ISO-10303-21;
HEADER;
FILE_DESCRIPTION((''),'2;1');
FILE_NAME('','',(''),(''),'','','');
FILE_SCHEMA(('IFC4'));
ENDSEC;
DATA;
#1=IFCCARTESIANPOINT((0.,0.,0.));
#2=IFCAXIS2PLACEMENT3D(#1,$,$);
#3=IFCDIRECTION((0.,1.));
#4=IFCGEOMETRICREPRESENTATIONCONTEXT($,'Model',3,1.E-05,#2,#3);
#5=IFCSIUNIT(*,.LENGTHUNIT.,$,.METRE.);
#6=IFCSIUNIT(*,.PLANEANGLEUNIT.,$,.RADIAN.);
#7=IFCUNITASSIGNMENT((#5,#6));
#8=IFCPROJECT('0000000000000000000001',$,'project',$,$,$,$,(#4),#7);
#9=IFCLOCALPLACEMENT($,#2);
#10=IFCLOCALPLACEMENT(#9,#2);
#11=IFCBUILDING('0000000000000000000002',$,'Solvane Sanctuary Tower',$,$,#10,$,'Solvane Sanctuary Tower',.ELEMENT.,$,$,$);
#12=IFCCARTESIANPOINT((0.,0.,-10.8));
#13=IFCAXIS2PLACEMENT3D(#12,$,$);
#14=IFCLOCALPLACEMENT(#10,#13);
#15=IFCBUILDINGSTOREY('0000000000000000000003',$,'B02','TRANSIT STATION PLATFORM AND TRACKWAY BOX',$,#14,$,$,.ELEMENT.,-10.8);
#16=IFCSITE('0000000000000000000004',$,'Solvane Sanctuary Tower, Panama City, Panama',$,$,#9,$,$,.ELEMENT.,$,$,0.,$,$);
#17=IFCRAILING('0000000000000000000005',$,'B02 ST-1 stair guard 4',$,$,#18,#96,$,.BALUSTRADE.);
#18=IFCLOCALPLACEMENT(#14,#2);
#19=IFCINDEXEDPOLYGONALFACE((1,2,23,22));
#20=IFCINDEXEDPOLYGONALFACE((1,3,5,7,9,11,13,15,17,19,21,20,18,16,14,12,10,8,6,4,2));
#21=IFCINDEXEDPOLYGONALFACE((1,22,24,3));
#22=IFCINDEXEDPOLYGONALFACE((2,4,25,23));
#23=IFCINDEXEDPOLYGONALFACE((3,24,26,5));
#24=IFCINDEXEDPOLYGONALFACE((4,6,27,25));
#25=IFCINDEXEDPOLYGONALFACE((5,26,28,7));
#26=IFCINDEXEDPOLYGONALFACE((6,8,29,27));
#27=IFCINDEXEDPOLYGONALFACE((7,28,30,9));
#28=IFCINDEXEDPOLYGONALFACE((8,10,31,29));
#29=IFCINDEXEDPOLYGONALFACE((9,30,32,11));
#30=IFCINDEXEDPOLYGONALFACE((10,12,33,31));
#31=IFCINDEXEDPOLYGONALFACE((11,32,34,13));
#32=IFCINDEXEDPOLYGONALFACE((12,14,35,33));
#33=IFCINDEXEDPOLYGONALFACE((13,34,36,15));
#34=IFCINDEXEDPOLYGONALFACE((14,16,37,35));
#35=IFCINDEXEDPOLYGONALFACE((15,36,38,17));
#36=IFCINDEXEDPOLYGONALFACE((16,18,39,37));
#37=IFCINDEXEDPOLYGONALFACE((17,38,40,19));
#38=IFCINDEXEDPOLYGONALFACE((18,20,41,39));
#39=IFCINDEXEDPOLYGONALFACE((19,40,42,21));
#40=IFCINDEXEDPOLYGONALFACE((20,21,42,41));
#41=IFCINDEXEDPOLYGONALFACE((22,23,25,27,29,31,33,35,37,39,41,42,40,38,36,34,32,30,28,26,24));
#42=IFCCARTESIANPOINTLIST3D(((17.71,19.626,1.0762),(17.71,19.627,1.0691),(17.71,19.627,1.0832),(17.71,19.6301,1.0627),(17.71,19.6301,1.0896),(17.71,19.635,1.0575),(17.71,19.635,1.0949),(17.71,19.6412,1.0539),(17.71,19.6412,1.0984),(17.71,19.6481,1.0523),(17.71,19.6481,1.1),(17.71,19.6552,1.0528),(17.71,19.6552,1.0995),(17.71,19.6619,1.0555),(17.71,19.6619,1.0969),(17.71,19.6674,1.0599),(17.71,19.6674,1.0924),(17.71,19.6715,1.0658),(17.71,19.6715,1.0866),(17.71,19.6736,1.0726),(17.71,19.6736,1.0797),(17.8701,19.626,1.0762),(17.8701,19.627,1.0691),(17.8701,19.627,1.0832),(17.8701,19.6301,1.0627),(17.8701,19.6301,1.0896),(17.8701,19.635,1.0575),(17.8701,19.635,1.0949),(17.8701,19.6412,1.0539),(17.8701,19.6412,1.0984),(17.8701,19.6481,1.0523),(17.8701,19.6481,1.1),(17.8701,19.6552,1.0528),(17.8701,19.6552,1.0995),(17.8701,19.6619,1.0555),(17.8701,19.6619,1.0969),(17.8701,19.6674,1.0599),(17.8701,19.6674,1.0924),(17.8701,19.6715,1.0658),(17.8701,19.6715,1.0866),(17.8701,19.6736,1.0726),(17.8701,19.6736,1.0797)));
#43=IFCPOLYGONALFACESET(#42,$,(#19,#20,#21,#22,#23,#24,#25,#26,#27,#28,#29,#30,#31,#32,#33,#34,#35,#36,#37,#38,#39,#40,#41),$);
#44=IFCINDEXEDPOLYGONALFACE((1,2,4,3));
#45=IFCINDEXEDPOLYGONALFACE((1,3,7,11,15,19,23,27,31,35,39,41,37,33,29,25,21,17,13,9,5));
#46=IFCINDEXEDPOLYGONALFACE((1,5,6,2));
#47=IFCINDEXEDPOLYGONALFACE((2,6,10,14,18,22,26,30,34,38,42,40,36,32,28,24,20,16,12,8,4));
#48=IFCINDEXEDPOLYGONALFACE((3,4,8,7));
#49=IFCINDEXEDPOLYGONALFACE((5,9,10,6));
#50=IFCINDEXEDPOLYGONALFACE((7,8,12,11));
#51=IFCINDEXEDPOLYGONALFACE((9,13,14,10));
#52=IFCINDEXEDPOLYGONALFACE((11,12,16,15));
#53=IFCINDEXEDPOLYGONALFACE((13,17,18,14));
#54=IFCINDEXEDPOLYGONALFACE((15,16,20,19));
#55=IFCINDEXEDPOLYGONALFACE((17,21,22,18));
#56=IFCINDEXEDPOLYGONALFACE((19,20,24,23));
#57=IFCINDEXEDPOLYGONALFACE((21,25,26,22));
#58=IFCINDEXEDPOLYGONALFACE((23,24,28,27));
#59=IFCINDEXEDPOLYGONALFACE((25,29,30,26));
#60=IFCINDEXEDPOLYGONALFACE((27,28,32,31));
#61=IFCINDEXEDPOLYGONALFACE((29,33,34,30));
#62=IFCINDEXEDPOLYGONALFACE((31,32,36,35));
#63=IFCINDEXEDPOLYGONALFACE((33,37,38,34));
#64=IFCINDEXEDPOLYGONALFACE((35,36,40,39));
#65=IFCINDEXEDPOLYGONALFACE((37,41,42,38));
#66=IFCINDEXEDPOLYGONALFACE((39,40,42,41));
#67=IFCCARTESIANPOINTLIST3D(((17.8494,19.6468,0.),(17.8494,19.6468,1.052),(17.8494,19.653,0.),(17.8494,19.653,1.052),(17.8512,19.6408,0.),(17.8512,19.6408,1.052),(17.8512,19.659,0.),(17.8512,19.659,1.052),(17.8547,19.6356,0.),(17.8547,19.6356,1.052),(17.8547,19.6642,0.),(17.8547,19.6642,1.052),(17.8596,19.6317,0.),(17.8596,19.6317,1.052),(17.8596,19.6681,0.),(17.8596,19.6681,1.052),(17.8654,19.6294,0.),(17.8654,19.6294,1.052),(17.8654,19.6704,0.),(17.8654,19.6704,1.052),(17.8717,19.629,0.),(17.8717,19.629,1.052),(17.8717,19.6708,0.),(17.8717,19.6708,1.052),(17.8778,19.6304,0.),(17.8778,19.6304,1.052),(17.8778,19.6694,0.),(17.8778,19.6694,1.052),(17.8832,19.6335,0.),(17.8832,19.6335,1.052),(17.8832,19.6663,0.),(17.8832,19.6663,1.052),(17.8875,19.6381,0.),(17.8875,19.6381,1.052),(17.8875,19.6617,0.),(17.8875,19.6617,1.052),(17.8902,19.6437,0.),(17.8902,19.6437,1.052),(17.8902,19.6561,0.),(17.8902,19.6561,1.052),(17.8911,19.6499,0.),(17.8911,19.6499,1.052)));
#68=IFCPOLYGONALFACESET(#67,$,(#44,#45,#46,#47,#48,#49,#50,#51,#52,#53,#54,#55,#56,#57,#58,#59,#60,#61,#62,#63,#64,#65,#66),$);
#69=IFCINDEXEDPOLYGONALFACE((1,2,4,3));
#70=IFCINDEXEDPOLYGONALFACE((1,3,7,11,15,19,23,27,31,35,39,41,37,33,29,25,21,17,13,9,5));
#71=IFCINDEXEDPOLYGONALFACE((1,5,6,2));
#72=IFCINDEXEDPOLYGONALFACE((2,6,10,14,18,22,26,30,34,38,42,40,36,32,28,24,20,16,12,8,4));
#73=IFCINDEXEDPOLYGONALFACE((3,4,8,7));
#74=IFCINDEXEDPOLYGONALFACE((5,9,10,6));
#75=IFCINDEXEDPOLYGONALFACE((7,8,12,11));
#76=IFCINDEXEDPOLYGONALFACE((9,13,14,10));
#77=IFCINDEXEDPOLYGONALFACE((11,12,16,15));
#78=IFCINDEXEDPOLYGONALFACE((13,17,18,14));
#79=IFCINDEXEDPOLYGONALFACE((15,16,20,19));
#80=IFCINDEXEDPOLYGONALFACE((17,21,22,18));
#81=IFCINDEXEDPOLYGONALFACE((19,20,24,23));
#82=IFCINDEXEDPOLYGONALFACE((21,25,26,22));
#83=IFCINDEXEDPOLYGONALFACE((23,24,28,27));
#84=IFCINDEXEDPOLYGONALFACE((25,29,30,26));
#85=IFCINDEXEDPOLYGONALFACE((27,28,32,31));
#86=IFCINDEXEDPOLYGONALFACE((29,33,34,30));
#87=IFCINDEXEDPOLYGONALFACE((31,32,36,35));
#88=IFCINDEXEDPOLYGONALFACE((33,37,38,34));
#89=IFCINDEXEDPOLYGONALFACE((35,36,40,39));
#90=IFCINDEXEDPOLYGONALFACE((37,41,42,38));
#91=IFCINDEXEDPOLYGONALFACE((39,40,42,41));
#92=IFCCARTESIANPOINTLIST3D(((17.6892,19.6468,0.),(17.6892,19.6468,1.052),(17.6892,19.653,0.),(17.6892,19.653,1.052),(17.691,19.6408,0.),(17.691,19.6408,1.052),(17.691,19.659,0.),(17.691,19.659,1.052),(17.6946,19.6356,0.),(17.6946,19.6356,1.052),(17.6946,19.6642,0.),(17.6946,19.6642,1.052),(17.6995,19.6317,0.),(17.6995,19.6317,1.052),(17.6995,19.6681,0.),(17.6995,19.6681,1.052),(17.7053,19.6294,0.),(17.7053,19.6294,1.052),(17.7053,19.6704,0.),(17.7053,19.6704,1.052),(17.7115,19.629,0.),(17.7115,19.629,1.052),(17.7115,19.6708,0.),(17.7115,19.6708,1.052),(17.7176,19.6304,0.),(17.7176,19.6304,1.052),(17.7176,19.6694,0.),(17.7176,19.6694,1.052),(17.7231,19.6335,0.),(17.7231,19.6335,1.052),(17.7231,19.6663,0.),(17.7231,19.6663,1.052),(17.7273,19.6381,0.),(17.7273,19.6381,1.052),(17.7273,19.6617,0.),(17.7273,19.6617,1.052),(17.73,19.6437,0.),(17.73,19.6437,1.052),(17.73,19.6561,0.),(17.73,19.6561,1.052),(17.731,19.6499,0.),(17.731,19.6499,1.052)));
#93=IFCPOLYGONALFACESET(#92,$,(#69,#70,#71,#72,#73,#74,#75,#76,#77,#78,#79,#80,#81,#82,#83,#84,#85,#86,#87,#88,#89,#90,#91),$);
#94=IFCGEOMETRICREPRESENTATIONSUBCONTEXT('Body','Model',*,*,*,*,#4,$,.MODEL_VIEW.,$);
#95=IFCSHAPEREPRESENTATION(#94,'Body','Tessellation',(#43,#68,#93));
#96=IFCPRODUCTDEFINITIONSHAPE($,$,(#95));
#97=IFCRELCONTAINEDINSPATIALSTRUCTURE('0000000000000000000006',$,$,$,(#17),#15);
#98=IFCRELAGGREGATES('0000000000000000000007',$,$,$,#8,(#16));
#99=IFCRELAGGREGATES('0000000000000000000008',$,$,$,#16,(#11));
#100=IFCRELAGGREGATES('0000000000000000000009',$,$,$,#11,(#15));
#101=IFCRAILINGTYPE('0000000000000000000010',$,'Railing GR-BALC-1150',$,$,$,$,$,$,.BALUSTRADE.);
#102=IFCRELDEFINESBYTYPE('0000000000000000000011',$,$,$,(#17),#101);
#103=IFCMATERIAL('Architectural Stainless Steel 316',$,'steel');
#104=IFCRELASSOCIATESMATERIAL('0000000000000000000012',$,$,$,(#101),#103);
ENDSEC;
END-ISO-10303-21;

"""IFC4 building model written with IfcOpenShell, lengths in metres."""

from ifc_helpers import new_model, si_unit, direction, frame, origin, origin_2d, place, context, subcontext, project, spatial, circle, extrude, material, type_object, element, save


model = new_model("IFC4")

# Units and contexts
model_context = context("Model", 3, precision=1e-05, world=origin(), true_north=direction((0.0, 1.0)))
body_context = subcontext(model_context, "Body", "Model", "MODEL_VIEW")
ifc_project = project(units=[si_unit("LENGTHUNIT", "METRE"), si_unit("PLANEANGLEUNIT", "RADIAN")], contexts=[model_context])

# Site, building, storey
site_placement = place(None, origin())
site = spatial("IfcSite", under=ifc_project, at=site_placement, Name="Solvane Sanctuary Tower, Panama City, Panama", CompositionType="ELEMENT", RefElevation=0.0)
building_placement = place(site_placement, origin())
building = spatial("IfcBuilding", under=site, at=building_placement, Name="Solvane Sanctuary Tower", LongName="Solvane Sanctuary Tower", CompositionType="ELEMENT")
storey_placement = place(building_placement, frame((0.0, 0.0, -10.8)))
storey = spatial("IfcBuildingStorey", under=building, at=storey_placement, Name="B02", Description="TRANSIT STATION PLATFORM AND TRACKWAY BOX", CompositionType="ELEMENT", Elevation=-10.8)

# Shared definitions
ifc_material_1 = material(Name="Architectural Stainless Steel 316", Category="steel")

# Railing
railing_type_1 = type_object("IfcRailingType", Name="Railing GR-BALC-1150", PredefinedType="BALUSTRADE", material=ifc_material_1)
railing_1_placement = place(storey_placement, frame((17.8701, 19.6499, 0.0)))
element("IfcRailing", 1, at=railing_1_placement, inside=storey, type_object=railing_type_1, Name="B02 ST-1 stair guard 4", PredefinedType="BALUSTRADE", context=body_context, shape_type="SweptSolid", body=[
    extrude(circle(Radius=0.0239, at=origin_2d()), frame((0.0, 0.0, 1.0762), z_axis=(-1.0, 0.0, 0.0), x_axis=(0.0, -1.0, 0.0)), (0.0, 0.0, 1.0), 0.1602),
    extrude(circle(Radius=0.021, at=origin_2d()), origin(), (0.0, 0.0, 1.0), 1.052),
    extrude(circle(Radius=0.021, at=origin_2d()), frame((-0.1602, 0.0, 0.0)), (0.0, 0.0, 1.0), 1.052),
])

save(model, "model.ifc")
